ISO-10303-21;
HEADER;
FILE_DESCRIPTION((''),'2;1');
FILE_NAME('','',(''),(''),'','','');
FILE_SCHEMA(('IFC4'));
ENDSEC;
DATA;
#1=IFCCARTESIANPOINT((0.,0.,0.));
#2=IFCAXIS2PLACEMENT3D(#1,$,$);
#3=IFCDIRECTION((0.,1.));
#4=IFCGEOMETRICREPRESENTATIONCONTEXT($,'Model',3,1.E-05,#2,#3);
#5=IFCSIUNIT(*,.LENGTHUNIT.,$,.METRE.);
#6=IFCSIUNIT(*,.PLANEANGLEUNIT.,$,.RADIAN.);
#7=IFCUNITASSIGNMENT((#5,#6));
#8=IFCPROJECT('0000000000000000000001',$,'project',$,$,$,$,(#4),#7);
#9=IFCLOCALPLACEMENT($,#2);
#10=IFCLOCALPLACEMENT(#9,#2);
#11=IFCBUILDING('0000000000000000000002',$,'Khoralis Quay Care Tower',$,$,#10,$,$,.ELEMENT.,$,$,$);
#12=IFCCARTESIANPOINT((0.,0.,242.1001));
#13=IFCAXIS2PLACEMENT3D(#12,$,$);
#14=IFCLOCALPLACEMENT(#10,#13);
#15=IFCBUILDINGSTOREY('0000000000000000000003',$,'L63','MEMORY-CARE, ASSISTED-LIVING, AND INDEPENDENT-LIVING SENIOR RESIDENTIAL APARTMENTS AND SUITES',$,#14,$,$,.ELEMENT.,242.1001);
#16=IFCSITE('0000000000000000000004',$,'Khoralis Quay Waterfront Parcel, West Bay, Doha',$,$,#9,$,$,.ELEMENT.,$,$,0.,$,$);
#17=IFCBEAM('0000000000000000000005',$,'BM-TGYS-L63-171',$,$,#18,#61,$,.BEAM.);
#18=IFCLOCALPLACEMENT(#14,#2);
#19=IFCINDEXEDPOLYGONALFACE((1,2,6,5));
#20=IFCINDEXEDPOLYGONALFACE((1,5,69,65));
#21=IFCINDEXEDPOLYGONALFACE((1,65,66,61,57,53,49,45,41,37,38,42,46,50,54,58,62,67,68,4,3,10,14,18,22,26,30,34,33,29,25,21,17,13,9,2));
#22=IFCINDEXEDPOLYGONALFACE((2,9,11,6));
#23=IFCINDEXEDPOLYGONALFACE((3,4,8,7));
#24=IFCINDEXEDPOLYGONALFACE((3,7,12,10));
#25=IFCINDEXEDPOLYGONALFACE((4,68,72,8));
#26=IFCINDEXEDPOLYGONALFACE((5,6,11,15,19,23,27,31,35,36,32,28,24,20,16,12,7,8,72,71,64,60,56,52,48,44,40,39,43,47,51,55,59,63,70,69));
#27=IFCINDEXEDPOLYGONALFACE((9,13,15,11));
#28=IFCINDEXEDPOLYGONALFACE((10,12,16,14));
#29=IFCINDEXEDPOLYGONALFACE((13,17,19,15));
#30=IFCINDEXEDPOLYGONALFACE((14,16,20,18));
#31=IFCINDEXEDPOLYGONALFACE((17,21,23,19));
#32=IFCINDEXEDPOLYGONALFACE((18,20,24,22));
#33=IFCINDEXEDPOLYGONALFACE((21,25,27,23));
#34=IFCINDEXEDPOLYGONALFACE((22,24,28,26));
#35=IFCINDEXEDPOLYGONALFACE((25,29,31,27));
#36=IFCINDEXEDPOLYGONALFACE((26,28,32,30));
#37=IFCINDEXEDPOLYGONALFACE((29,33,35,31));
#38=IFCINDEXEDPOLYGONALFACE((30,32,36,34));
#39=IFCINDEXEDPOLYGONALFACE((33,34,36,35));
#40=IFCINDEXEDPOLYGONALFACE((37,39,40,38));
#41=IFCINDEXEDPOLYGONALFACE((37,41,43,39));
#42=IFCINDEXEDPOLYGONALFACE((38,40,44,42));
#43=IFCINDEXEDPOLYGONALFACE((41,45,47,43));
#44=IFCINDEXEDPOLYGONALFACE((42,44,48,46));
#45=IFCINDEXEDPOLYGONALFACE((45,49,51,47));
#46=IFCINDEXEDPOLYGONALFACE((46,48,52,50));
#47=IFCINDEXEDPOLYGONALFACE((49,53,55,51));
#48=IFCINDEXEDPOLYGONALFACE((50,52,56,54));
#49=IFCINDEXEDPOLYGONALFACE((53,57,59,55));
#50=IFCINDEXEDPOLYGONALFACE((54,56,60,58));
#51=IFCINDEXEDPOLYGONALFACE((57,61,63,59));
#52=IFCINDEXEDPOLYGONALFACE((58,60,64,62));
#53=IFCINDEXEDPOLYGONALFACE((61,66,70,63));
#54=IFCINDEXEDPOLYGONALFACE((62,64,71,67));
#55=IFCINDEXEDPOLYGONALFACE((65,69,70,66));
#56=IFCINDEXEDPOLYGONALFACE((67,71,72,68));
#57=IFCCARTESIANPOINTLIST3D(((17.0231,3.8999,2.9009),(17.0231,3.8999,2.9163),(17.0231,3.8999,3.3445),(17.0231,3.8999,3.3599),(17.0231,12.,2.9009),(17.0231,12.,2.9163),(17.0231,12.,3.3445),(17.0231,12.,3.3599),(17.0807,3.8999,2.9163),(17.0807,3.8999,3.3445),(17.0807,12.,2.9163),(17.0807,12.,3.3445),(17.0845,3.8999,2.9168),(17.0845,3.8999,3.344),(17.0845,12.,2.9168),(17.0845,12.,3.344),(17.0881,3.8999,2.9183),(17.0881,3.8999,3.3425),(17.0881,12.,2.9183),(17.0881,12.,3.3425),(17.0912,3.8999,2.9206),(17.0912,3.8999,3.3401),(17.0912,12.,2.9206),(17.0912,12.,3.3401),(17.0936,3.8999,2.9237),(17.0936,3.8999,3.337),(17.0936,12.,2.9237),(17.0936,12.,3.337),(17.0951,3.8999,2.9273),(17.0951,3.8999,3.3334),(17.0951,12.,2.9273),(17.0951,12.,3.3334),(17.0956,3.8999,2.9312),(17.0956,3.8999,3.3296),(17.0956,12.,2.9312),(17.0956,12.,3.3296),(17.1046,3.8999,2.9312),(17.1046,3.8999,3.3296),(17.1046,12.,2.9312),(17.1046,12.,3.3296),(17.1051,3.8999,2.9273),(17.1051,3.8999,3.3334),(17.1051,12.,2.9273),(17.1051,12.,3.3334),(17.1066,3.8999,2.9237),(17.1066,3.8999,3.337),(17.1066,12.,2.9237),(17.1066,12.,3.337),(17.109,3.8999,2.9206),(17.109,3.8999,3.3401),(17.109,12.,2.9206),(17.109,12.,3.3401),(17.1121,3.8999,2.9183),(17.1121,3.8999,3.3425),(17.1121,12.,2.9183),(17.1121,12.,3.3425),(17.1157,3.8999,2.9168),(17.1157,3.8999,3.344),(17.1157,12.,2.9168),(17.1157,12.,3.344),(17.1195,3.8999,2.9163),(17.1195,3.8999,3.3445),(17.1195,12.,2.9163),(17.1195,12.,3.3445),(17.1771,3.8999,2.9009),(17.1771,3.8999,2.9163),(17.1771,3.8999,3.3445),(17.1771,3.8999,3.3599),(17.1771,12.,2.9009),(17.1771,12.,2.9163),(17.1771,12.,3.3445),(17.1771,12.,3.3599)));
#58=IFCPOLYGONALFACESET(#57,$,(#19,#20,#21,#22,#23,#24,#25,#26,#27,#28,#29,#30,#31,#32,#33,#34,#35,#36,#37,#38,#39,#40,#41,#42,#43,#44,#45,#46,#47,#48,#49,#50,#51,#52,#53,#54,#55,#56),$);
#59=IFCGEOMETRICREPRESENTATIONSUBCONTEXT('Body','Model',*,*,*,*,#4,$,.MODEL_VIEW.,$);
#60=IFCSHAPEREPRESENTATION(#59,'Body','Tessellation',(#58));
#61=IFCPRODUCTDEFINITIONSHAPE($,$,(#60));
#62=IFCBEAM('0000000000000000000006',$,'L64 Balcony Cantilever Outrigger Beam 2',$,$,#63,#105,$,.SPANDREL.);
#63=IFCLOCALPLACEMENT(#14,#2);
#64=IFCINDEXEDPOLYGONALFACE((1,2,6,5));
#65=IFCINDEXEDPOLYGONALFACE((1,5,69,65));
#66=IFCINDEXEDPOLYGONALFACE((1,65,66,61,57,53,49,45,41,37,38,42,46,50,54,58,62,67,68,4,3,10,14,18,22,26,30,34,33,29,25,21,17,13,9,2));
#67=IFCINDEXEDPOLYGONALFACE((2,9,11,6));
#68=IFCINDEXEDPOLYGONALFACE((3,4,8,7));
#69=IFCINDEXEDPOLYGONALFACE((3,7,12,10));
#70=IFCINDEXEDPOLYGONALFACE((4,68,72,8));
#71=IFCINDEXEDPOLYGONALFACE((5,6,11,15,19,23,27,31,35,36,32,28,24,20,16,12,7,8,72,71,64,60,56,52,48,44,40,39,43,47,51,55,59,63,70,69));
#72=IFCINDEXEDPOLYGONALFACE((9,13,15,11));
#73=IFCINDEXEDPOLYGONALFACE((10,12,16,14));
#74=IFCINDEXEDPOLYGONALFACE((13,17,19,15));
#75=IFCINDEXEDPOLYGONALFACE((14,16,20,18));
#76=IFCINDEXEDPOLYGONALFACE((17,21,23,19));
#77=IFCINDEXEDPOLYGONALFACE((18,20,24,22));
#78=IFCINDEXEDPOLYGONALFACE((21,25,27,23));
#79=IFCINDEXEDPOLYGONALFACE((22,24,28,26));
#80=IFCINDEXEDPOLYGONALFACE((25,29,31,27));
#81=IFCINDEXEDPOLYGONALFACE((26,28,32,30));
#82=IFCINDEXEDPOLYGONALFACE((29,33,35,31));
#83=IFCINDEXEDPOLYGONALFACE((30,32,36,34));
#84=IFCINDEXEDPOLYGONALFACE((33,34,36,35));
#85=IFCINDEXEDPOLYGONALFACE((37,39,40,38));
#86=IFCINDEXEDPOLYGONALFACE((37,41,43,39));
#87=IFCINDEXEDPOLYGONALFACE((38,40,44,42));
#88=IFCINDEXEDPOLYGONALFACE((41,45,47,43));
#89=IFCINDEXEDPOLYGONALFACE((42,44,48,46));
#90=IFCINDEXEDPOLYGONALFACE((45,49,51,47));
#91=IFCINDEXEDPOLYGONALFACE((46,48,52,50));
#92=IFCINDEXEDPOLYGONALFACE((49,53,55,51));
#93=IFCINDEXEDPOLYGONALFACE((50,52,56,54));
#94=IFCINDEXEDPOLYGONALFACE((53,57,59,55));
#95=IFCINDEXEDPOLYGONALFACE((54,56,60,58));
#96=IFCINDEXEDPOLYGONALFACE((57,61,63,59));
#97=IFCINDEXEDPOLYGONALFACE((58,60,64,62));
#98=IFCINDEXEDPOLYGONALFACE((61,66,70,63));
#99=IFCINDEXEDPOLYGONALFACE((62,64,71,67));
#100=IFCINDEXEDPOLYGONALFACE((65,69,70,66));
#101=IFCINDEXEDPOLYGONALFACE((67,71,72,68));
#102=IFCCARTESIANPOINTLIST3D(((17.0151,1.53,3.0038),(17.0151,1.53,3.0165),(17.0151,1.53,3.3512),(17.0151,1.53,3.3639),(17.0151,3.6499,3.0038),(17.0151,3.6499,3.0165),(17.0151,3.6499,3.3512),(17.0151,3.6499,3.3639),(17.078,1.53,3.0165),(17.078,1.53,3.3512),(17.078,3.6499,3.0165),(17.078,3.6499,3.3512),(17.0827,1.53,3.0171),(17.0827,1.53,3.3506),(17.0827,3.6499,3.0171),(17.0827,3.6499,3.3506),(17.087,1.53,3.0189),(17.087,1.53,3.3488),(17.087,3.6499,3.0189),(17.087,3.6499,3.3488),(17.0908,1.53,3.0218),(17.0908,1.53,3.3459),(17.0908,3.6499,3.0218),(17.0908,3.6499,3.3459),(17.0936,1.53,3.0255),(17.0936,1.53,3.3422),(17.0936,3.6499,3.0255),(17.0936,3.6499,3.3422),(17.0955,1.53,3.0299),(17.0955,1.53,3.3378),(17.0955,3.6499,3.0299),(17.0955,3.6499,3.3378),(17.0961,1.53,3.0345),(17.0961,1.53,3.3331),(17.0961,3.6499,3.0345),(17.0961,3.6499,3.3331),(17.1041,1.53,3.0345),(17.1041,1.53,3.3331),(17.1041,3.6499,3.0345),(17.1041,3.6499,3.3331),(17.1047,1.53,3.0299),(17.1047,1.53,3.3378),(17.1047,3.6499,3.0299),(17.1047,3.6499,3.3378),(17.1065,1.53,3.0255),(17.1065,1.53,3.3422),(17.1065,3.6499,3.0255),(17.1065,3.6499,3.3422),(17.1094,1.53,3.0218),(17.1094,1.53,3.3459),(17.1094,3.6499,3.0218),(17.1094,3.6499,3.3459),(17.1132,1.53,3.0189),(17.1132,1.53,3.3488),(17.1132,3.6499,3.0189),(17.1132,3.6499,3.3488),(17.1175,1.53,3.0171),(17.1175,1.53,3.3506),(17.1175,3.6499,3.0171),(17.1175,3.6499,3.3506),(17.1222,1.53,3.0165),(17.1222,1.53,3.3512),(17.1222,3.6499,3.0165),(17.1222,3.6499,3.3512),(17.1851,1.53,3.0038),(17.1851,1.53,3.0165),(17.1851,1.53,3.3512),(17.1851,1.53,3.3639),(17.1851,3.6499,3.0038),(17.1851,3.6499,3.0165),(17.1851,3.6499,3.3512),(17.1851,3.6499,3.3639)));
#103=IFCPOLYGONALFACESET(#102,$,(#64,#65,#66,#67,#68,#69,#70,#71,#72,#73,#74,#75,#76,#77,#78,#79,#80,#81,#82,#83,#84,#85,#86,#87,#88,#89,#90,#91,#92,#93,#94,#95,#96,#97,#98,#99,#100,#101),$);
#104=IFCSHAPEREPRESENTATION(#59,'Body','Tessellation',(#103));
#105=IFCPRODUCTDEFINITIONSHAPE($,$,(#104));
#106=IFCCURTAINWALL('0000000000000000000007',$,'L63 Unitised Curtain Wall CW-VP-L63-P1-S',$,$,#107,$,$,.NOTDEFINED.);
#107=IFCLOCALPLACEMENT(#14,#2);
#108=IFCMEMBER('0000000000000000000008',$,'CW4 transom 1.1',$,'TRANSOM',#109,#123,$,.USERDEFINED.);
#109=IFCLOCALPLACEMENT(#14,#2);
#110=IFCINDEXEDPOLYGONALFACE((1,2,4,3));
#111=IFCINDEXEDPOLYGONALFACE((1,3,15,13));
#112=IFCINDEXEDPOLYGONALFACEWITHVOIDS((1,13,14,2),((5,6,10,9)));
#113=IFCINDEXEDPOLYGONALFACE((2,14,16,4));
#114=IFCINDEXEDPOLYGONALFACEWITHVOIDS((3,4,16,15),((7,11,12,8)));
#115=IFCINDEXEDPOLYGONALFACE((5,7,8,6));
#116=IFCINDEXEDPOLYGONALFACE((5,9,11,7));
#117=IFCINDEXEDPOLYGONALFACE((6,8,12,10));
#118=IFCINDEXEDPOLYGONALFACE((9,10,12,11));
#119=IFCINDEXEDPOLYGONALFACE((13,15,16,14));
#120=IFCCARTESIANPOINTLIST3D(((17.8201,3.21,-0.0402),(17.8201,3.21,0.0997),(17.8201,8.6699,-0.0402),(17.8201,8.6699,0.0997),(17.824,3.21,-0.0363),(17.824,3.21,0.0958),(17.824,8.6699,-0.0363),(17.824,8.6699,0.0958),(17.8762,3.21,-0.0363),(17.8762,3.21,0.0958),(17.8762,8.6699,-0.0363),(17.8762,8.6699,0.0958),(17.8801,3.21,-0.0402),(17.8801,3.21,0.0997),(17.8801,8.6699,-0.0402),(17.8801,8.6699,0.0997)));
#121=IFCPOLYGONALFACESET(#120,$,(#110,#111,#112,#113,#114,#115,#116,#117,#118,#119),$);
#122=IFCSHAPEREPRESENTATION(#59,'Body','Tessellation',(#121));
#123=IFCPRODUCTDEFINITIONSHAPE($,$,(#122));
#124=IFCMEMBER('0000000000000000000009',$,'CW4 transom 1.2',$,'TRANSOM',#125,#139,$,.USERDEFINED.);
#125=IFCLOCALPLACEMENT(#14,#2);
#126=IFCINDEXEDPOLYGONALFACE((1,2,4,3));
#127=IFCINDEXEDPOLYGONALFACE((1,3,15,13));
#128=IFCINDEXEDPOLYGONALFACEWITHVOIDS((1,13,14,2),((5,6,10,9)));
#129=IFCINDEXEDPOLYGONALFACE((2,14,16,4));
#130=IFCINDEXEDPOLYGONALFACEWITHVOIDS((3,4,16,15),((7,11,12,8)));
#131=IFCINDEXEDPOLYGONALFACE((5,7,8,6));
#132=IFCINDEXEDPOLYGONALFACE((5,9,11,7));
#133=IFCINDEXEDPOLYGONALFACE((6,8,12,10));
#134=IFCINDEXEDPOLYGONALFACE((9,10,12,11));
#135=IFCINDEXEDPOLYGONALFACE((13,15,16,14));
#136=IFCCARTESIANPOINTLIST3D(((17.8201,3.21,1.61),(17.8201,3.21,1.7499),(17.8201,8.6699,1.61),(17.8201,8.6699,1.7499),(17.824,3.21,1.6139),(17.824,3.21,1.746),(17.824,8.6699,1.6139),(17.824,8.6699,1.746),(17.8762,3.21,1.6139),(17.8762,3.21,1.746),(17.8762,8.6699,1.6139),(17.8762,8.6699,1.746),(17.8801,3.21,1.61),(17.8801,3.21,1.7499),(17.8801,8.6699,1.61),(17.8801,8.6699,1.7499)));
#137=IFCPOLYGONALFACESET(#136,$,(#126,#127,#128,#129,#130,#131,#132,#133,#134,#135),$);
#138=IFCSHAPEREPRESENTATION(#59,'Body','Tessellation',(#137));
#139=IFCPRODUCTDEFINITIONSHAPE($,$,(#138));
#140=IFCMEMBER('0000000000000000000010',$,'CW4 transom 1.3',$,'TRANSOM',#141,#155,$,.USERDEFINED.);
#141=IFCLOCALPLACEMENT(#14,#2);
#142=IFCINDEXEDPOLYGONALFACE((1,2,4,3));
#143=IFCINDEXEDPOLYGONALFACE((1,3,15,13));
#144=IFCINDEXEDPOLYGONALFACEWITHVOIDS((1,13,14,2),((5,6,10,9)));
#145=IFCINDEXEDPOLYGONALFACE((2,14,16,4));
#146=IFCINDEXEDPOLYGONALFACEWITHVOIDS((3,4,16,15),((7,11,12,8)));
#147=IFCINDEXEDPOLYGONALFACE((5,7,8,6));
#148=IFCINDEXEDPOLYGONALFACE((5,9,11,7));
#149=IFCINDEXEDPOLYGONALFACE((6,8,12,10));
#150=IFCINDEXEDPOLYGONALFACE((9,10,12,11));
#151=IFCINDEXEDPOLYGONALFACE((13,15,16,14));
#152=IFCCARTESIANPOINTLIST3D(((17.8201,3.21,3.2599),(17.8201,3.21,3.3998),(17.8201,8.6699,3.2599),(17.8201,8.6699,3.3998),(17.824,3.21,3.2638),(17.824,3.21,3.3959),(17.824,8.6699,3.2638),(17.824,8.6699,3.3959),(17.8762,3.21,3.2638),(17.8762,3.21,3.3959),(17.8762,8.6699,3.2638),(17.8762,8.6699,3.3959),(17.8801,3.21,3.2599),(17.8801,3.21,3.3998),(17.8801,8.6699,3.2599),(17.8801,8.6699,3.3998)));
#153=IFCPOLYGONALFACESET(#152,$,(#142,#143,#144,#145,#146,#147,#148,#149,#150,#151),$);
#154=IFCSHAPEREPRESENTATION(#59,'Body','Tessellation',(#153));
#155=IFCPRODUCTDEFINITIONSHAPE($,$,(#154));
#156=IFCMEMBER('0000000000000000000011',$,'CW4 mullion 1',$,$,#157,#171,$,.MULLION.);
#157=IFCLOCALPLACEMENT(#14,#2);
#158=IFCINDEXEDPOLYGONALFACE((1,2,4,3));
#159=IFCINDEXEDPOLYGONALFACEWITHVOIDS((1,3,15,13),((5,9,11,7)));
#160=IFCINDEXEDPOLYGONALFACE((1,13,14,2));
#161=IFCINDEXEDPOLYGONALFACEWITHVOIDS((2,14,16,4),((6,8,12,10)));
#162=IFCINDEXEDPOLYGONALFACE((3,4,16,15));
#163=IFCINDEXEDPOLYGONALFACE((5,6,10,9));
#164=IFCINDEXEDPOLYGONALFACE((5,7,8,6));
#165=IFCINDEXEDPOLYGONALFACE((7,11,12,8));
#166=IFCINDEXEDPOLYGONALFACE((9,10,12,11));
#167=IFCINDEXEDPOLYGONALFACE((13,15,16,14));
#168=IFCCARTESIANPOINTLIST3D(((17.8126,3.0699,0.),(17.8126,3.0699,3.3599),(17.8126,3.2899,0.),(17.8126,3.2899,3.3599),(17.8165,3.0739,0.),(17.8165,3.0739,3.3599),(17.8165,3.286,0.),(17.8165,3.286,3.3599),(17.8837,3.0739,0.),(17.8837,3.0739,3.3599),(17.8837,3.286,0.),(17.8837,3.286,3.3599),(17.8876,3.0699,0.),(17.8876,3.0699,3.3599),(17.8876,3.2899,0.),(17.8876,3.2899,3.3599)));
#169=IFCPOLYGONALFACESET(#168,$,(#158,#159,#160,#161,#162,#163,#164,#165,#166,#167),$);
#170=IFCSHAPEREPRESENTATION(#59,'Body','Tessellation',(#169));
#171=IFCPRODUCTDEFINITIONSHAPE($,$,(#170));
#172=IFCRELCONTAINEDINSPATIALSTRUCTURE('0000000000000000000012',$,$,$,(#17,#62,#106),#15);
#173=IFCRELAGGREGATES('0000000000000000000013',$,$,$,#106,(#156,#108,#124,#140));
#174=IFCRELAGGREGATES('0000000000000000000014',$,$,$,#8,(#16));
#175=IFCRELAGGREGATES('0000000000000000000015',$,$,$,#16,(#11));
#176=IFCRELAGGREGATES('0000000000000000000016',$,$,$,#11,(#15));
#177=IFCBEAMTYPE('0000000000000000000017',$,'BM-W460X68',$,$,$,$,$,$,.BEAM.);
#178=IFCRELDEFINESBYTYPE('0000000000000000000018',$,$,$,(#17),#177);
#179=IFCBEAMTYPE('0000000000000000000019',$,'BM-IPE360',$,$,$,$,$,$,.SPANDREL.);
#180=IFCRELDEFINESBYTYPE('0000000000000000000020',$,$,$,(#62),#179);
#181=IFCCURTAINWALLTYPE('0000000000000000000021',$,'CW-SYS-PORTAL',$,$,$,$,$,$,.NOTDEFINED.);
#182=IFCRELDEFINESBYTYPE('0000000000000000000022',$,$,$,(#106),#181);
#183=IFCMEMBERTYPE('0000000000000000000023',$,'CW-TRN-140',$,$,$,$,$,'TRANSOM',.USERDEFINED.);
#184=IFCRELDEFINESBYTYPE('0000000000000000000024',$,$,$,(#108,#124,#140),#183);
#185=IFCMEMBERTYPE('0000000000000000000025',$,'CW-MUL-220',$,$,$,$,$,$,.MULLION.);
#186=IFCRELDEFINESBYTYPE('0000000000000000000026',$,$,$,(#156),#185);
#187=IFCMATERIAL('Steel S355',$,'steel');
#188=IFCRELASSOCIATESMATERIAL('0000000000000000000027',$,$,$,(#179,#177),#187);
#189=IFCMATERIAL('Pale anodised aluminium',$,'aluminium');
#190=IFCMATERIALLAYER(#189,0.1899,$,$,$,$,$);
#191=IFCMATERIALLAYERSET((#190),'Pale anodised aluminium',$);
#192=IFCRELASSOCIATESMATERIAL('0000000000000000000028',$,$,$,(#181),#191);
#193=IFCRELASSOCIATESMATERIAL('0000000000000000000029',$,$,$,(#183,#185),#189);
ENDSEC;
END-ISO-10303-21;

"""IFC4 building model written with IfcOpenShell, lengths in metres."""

from ifc_helpers import new_model, si_unit, direction, frame, origin, origin_2d, place, context, subcontext, project, spatial, hollow_rectangle, i_section, extrude, source, transform, mapped, material, layer, layer_set, material_profile, profile_set, type_object, element, aggregate, save


model = new_model("IFC4")

# Units and contexts
model_context = context("Model", 3, precision=1e-05, world=origin(), true_north=direction((0.0, 1.0)))
body_context = subcontext(model_context, "Body", "Model", "MODEL_VIEW")
ifc_project = project(units=[si_unit("LENGTHUNIT", "METRE"), si_unit("PLANEANGLEUNIT", "RADIAN")], contexts=[model_context])

# Site, building, storey
site_placement = place(None, origin())
site = spatial("IfcSite", under=ifc_project, at=site_placement, Name="Khoralis Quay Waterfront Parcel, West Bay, Doha", CompositionType="ELEMENT", RefElevation=0.0)
building_placement = place(site_placement, origin())
building = spatial("IfcBuilding", under=site, at=building_placement, Name="Khoralis Quay Care Tower", CompositionType="ELEMENT")
storey_placement = place(building_placement, frame((0.0, 0.0, 242.1001)))
storey = spatial("IfcBuildingStorey", under=building, at=storey_placement, Name="L63", Description="MEMORY-CARE, ASSISTED-LIVING, AND INDEPENDENT-LIVING SENIOR RESIDENTIAL APARTMENTS AND SUITES", CompositionType="ELEMENT", Elevation=242.1001)

# Beams
ifc_material_1 = material(Name="Steel S355", Category="steel")
ifc_material_profile_1 = material_profile(ifc_material_1, i_section(OverallWidth=0.1699, OverallDepth=0.3601, WebThickness=0.0081, FlangeThickness=0.0127, FilletRadius=0.0181, at=origin_2d()), Name="Steel S355")
ifc_profile_set_1 = profile_set([ifc_material_profile_1], Name="Steel S355")
beam_type_1 = type_object("IfcBeamType", Name="BM-IPE360", PredefinedType="SPANDREL", material=ifc_profile_set_1)
ifc_material_profile_2 = material_profile(ifc_material_1, i_section(OverallWidth=0.1541, OverallDepth=0.459, WebThickness=0.009, FlangeThickness=0.0154, FilletRadius=0.0149, at=origin_2d()), Name="Steel S355")
ifc_profile_set_2 = profile_set([ifc_material_profile_2], Name="Steel S355")
beam_type_2 = type_object("IfcBeamType", Name="BM-W460X68", PredefinedType="BEAM", material=ifc_profile_set_2)
shared_shape_1 = source(origin(), body_context, "Body", "SweptSolid", [
    extrude(i_section(OverallWidth=0.1541, OverallDepth=0.459, WebThickness=0.009, FlangeThickness=0.0154, FilletRadius=0.0149, at=origin_2d()), origin(), (0.0, 0.0, 1.0), 8.1001),
])
beam_1_placement = place(storey_placement, frame((17.1001, 3.8999, 3.1304), z_axis=(0.0, 1.0, 0.0), x_axis=(-1.0, 0.0, 0.0)))
element("IfcBeam", 1, at=beam_1_placement, inside=storey, type_object=beam_type_2, Name="BM-TGYS-L63-171", PredefinedType="BEAM", context=body_context, shape_type="MappedRepresentation", body=[
    mapped(shared_shape_1, transform((0.0, 0.0, 0.0), scale=1.0)),
])
shared_shape_2 = source(origin(), body_context, "Body", "SweptSolid", [
    extrude(i_section(OverallWidth=0.1699, OverallDepth=0.3601, WebThickness=0.0081, FlangeThickness=0.0127, FilletRadius=0.0181, at=origin_2d()), origin(), (0.0, 0.0, 1.0), 2.1199),
])
beam_2_placement = place(storey_placement, frame((17.1001, 3.6499, 3.1838), z_axis=(0.0, -1.0, 0.0), x_axis=(1.0, 0.0, 0.0)))
element("IfcBeam", 2, at=beam_2_placement, inside=storey, type_object=beam_type_1, Name="L64 Balcony Cantilever Outrigger Beam 2", PredefinedType="SPANDREL", context=body_context, shape_type="MappedRepresentation", body=[
    mapped(shared_shape_2, transform((0.0, 0.0, 0.0), scale=1.0)),
])

# Curtain wall, members
ifc_material_2 = material(Name="Pale anodised aluminium", Category="aluminium")
ifc_layer_1 = layer(ifc_material_2, 0.1899)
ifc_layer_set_1 = layer_set([ifc_layer_1], Name="Pale anodised aluminium")
curtain_wall_type = type_object("IfcCurtainWallType", Name="CW-SYS-PORTAL", PredefinedType="NOTDEFINED", material=ifc_layer_set_1)
curtain_wall_placement = place(storey_placement, origin())
curtain_wall = element("IfcCurtainWall", 3, at=curtain_wall_placement, inside=storey, type_object=curtain_wall_type, Name="L63 Unitised Curtain Wall CW-VP-L63-P1-S", PredefinedType="NOTDEFINED")
ifc_material_profile_3 = material_profile(ifc_material_2, hollow_rectangle(XDim=0.0601, YDim=0.1399, WallThickness=0.0039, at=origin_2d()), Name="Pale anodised aluminium")
ifc_profile_set_3 = profile_set([ifc_material_profile_3], Name="Pale anodised aluminium")
member_type_1 = type_object("IfcMemberType", Name="CW-TRN-140", ElementType="TRANSOM", PredefinedType="USERDEFINED", material=ifc_profile_set_3)
shared_shape_3 = source(origin(), body_context, "Body", "SweptSolid", [
    extrude(hollow_rectangle(XDim=0.0601, YDim=0.1399, WallThickness=0.0039, at=origin_2d()), origin(), (0.0, 0.0, 1.0), 5.46),
])
member_1_placement = place(storey_placement, frame((17.8501, 3.21, 0.0298), z_axis=(0.0, 1.0, 0.0), x_axis=(-1.0, 0.0, 0.0)))
member_1 = element("IfcMember", 4, at=member_1_placement, type_object=member_type_1, Name="CW4 transom 1.1", ObjectType="TRANSOM", PredefinedType="USERDEFINED", context=body_context, shape_type="MappedRepresentation", body=[
    mapped(shared_shape_3, transform((0.0, 0.0, 0.0), scale=1.0)),
])
member_2_placement = place(storey_placement, frame((17.8501, 3.21, 1.6799), z_axis=(0.0, 1.0, 0.0), x_axis=(-1.0, 0.0, 0.0)))
member_2 = element("IfcMember", 5, at=member_2_placement, type_object=member_type_1, Name="CW4 transom 1.2", ObjectType="TRANSOM", PredefinedType="USERDEFINED", context=body_context, shape_type="MappedRepresentation", body=[
    mapped(shared_shape_3, transform((0.0, 0.0, 0.0), scale=1.0)),
])
member_3_placement = place(storey_placement, frame((17.8501, 3.21, 3.3298), z_axis=(0.0, 1.0, 0.0), x_axis=(-1.0, 0.0, 0.0)))
member_3 = element("IfcMember", 6, at=member_3_placement, type_object=member_type_1, Name="CW4 transom 1.3", ObjectType="TRANSOM", PredefinedType="USERDEFINED", context=body_context, shape_type="MappedRepresentation", body=[
    mapped(shared_shape_3, transform((0.0, 0.0, 0.0), scale=1.0)),
])
ifc_material_profile_4 = material_profile(ifc_material_2, hollow_rectangle(XDim=0.075, YDim=0.22, WallThickness=0.0039, at=origin_2d()), Name="Pale anodised aluminium")
ifc_profile_set_4 = profile_set([ifc_material_profile_4], Name="Pale anodised aluminium")
member_type_2 = type_object("IfcMemberType", Name="CW-MUL-220", PredefinedType="MULLION", material=ifc_profile_set_4)
shared_shape_4 = source(origin(), body_context, "Body", "SweptSolid", [
    extrude(hollow_rectangle(XDim=0.075, YDim=0.22, WallThickness=0.0039, at=origin_2d()), origin(), (0.0, 0.0, 1.0), 3.3599),
])
member_4_placement = place(storey_placement, frame((17.8501, 3.1799, 0.0), z_axis=(0.0, 0.0, 1.0), x_axis=(-1.0, 0.0, 0.0)))
member_4 = element("IfcMember", 7, at=member_4_placement, type_object=member_type_2, Name="CW4 mullion 1", PredefinedType="MULLION", context=body_context, shape_type="MappedRepresentation", body=[
    mapped(shared_shape_4, transform((0.0, 0.0, 0.0), scale=1.0)),
])

aggregate(curtain_wall, [member_4, member_1, member_2, member_3])

save(model, "model.ifc")
